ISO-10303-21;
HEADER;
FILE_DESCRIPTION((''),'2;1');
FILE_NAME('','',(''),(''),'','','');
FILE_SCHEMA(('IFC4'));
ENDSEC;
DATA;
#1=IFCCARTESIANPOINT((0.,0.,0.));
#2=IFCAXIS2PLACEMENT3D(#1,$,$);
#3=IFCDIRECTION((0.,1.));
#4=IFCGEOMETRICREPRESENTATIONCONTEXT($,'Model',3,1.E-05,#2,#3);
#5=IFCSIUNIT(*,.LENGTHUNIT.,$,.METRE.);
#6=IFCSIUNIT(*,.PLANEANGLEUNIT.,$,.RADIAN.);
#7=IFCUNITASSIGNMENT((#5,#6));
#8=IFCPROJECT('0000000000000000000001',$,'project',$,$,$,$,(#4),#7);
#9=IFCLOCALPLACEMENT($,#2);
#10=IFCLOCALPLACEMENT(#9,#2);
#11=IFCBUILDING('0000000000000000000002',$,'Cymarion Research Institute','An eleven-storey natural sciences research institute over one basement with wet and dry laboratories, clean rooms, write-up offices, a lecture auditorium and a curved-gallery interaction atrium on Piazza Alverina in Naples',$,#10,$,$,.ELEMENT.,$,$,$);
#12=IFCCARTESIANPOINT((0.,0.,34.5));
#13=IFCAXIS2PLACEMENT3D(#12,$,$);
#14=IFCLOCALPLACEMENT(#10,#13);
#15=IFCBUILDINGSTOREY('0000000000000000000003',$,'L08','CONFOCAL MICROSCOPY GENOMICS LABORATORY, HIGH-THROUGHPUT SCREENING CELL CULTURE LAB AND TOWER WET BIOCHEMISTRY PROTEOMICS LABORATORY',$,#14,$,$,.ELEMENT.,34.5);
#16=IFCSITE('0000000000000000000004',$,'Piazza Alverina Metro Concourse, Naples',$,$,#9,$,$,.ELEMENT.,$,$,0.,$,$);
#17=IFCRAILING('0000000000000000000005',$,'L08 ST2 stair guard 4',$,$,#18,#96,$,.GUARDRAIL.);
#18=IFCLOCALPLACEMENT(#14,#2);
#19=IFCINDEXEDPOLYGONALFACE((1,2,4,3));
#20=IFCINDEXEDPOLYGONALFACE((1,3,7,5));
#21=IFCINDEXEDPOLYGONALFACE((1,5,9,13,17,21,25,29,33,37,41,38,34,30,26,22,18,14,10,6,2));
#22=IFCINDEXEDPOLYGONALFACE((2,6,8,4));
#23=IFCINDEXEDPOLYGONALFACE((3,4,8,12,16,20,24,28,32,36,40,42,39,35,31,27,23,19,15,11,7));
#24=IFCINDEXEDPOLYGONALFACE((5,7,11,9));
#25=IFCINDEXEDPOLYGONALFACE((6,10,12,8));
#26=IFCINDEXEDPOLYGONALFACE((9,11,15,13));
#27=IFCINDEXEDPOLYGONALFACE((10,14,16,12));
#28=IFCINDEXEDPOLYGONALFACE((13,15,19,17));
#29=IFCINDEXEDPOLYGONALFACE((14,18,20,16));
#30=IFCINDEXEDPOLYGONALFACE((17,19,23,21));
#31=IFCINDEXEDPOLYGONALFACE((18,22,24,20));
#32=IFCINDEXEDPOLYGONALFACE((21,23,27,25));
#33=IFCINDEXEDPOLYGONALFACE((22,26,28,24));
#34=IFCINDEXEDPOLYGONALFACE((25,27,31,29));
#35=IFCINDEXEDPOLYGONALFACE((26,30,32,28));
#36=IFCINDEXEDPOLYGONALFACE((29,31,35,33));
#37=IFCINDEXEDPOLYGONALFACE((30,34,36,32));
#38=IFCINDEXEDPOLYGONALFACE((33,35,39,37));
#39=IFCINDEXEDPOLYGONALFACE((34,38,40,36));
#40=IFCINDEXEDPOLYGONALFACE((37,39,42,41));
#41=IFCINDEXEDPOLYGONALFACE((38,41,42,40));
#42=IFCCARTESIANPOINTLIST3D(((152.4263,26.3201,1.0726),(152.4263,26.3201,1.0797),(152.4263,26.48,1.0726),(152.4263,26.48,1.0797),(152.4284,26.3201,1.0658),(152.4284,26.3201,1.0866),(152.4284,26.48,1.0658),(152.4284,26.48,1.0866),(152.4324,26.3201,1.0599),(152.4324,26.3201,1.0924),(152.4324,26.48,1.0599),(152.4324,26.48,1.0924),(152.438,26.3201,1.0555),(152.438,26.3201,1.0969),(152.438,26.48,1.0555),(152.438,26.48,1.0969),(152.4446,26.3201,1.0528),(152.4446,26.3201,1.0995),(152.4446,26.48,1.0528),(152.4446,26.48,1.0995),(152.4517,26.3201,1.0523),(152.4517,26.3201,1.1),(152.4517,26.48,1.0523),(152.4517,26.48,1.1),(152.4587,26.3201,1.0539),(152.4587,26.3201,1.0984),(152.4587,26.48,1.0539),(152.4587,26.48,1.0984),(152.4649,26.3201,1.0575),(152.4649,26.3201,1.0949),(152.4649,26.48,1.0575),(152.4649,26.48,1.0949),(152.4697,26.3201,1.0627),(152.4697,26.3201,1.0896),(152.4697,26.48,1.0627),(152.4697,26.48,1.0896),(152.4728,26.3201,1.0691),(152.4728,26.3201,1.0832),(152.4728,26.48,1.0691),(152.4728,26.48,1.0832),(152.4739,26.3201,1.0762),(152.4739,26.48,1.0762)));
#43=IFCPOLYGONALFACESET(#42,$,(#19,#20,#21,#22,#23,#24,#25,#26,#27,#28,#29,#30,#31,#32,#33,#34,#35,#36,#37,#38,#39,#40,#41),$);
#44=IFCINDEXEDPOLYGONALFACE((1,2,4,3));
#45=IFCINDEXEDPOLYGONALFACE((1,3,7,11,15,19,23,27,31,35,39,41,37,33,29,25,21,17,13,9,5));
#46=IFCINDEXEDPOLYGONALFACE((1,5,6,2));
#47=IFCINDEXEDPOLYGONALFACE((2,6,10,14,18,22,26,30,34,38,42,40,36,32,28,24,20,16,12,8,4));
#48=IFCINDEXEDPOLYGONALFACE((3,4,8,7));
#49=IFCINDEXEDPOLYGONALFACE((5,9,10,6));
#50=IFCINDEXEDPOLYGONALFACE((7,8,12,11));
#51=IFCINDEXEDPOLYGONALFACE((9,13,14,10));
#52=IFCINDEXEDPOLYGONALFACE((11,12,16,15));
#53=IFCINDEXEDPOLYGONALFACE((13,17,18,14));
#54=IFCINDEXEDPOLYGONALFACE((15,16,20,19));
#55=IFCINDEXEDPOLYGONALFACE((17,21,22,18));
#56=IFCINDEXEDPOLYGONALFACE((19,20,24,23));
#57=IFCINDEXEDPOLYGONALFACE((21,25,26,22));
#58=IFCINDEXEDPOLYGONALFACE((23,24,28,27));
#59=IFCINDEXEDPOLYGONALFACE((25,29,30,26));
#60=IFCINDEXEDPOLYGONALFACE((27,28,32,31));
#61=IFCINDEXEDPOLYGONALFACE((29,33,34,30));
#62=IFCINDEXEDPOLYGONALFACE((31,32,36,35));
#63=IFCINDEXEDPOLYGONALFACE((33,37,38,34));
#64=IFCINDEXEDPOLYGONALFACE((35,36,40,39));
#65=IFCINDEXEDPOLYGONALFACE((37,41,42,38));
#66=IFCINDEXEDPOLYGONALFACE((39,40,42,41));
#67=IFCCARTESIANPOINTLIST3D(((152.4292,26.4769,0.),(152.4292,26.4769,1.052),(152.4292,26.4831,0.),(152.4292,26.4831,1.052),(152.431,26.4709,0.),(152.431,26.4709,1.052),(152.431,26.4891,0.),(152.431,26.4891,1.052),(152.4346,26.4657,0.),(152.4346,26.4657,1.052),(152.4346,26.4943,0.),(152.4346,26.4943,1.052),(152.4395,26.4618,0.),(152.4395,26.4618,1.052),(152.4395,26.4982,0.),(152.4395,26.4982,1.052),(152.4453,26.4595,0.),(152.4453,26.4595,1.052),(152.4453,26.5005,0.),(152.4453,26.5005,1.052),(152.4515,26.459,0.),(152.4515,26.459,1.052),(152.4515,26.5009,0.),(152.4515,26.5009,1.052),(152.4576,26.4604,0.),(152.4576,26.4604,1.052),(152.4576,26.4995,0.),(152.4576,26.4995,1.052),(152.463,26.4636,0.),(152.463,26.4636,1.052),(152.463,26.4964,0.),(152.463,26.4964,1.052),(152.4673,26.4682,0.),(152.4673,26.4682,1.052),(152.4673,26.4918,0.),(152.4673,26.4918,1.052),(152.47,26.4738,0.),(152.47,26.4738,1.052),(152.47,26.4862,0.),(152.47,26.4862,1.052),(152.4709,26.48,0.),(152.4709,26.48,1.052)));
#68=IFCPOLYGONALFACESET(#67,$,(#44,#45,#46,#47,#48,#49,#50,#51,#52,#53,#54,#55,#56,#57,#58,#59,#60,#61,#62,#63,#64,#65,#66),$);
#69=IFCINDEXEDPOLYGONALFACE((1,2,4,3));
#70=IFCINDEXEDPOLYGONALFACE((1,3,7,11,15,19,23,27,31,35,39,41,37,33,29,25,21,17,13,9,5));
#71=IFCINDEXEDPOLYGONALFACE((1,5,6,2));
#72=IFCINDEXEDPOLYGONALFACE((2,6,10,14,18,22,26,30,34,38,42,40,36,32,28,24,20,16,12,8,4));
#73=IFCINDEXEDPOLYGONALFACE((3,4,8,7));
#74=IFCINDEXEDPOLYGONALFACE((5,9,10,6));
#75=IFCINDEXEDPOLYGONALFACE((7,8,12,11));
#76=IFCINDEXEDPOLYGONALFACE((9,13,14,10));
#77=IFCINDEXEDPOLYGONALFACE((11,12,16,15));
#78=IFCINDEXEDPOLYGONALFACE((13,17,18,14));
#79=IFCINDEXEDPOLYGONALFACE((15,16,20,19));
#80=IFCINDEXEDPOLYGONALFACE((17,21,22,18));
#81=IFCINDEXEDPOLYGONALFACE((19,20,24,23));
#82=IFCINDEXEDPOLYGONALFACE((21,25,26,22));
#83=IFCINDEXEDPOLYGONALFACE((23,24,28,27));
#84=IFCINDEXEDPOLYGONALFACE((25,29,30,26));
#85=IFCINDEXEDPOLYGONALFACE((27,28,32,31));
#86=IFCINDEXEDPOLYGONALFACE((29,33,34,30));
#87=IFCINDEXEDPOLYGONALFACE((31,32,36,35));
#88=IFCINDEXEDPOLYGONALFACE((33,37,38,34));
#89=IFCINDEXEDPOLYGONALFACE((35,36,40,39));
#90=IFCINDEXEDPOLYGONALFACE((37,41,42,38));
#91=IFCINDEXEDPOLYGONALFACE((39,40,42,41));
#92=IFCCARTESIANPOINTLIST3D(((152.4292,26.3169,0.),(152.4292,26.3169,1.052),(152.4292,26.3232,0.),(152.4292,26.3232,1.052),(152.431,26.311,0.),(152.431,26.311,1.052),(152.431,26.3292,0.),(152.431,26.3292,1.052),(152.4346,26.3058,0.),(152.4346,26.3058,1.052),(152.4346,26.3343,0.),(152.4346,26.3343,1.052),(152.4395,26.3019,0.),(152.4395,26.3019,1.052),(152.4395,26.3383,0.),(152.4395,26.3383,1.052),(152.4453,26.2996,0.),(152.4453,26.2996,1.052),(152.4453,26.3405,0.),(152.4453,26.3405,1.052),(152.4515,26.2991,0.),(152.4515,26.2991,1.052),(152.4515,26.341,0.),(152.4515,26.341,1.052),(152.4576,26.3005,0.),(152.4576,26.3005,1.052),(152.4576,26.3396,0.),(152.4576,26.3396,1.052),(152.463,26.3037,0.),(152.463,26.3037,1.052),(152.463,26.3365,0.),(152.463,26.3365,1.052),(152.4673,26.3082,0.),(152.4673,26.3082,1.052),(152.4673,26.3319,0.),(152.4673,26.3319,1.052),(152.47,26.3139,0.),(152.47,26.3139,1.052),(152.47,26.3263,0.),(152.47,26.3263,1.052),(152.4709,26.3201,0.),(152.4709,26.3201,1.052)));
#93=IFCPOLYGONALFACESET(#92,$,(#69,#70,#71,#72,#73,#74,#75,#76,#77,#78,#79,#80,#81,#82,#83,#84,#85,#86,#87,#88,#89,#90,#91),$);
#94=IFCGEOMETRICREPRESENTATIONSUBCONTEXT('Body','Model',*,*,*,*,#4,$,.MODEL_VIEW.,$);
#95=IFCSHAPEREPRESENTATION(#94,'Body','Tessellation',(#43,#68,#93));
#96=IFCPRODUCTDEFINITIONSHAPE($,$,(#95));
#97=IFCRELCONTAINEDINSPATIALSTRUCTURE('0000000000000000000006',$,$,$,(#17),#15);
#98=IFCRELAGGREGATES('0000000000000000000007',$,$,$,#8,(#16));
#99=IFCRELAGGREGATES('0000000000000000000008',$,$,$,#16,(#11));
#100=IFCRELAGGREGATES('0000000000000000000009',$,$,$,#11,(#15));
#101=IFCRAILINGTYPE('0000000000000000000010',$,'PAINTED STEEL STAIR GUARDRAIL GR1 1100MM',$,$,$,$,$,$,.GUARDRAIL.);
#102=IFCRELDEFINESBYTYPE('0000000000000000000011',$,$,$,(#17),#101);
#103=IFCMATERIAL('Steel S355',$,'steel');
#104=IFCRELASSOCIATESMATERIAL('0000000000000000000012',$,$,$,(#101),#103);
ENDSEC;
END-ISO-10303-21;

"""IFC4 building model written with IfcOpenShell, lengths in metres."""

from ifc_helpers import new_model, si_unit, direction, frame, origin, origin_2d, place, context, subcontext, project, spatial, circle, extrude, material, type_object, element, save


model = new_model("IFC4")

# Units and contexts
model_context = context("Model", 3, precision=1e-05, world=origin(), true_north=direction((0.0, 1.0)))
body_context = subcontext(model_context, "Body", "Model", "MODEL_VIEW")
ifc_project = project(units=[si_unit("LENGTHUNIT", "METRE"), si_unit("PLANEANGLEUNIT", "RADIAN")], contexts=[model_context])

# Site, building, storey
site_placement = place(None, origin())
site = spatial("IfcSite", under=ifc_project, at=site_placement, Name="Piazza Alverina Metro Concourse, Naples", CompositionType="ELEMENT", RefElevation=0.0)
building_placement = place(site_placement, origin())
building = spatial("IfcBuilding", under=site, at=building_placement, Name="Cymarion Research Institute", Description="An eleven-storey natural sciences research institute over one basement with wet and dry laboratories, clean rooms, write-up offices, a lecture auditorium and a curved-gallery interaction atrium on Piazza Alverina in Naples", CompositionType="ELEMENT")
storey_placement = place(building_placement, frame((0.0, 0.0, 34.5)))
storey = spatial("IfcBuildingStorey", under=building, at=storey_placement, Name="L08", Description="CONFOCAL MICROSCOPY GENOMICS LABORATORY, HIGH-THROUGHPUT SCREENING CELL CULTURE LAB AND TOWER WET BIOCHEMISTRY PROTEOMICS LABORATORY", CompositionType="ELEMENT", Elevation=34.5)

# Railing
ifc_material_1 = material(Name="Steel S355", Category="steel")
railing_type_1 = type_object("IfcRailingType", Name="PAINTED STEEL STAIR GUARDRAIL GR1 1100MM", PredefinedType="GUARDRAIL", material=ifc_material_1)
railing_1_placement = place(storey_placement, frame((152.45, 26.48, 0.0)))
element("IfcRailing", 1, at=railing_1_placement, inside=storey, type_object=railing_type_1, Name="L08 ST2 stair guard 4", PredefinedType="GUARDRAIL", context=body_context, shape_type="SweptSolid", body=[
    extrude(circle(Radius=0.0239, at=origin_2d()), frame((0.0, 0.0, 1.0762), z_axis=(0.0, -1.0, 0.0), x_axis=(1.0, 0.0, 0.0)), (0.0, 0.0, 1.0), 0.1599),
    extrude(circle(Radius=0.021, at=origin_2d()), origin(), (0.0, 0.0, 1.0), 1.052),
    extrude(circle(Radius=0.021, at=origin_2d()), frame((0.0, -0.1599, 0.0)), (0.0, 0.0, 1.0), 1.052),
])

save(model, "model.ifc")
